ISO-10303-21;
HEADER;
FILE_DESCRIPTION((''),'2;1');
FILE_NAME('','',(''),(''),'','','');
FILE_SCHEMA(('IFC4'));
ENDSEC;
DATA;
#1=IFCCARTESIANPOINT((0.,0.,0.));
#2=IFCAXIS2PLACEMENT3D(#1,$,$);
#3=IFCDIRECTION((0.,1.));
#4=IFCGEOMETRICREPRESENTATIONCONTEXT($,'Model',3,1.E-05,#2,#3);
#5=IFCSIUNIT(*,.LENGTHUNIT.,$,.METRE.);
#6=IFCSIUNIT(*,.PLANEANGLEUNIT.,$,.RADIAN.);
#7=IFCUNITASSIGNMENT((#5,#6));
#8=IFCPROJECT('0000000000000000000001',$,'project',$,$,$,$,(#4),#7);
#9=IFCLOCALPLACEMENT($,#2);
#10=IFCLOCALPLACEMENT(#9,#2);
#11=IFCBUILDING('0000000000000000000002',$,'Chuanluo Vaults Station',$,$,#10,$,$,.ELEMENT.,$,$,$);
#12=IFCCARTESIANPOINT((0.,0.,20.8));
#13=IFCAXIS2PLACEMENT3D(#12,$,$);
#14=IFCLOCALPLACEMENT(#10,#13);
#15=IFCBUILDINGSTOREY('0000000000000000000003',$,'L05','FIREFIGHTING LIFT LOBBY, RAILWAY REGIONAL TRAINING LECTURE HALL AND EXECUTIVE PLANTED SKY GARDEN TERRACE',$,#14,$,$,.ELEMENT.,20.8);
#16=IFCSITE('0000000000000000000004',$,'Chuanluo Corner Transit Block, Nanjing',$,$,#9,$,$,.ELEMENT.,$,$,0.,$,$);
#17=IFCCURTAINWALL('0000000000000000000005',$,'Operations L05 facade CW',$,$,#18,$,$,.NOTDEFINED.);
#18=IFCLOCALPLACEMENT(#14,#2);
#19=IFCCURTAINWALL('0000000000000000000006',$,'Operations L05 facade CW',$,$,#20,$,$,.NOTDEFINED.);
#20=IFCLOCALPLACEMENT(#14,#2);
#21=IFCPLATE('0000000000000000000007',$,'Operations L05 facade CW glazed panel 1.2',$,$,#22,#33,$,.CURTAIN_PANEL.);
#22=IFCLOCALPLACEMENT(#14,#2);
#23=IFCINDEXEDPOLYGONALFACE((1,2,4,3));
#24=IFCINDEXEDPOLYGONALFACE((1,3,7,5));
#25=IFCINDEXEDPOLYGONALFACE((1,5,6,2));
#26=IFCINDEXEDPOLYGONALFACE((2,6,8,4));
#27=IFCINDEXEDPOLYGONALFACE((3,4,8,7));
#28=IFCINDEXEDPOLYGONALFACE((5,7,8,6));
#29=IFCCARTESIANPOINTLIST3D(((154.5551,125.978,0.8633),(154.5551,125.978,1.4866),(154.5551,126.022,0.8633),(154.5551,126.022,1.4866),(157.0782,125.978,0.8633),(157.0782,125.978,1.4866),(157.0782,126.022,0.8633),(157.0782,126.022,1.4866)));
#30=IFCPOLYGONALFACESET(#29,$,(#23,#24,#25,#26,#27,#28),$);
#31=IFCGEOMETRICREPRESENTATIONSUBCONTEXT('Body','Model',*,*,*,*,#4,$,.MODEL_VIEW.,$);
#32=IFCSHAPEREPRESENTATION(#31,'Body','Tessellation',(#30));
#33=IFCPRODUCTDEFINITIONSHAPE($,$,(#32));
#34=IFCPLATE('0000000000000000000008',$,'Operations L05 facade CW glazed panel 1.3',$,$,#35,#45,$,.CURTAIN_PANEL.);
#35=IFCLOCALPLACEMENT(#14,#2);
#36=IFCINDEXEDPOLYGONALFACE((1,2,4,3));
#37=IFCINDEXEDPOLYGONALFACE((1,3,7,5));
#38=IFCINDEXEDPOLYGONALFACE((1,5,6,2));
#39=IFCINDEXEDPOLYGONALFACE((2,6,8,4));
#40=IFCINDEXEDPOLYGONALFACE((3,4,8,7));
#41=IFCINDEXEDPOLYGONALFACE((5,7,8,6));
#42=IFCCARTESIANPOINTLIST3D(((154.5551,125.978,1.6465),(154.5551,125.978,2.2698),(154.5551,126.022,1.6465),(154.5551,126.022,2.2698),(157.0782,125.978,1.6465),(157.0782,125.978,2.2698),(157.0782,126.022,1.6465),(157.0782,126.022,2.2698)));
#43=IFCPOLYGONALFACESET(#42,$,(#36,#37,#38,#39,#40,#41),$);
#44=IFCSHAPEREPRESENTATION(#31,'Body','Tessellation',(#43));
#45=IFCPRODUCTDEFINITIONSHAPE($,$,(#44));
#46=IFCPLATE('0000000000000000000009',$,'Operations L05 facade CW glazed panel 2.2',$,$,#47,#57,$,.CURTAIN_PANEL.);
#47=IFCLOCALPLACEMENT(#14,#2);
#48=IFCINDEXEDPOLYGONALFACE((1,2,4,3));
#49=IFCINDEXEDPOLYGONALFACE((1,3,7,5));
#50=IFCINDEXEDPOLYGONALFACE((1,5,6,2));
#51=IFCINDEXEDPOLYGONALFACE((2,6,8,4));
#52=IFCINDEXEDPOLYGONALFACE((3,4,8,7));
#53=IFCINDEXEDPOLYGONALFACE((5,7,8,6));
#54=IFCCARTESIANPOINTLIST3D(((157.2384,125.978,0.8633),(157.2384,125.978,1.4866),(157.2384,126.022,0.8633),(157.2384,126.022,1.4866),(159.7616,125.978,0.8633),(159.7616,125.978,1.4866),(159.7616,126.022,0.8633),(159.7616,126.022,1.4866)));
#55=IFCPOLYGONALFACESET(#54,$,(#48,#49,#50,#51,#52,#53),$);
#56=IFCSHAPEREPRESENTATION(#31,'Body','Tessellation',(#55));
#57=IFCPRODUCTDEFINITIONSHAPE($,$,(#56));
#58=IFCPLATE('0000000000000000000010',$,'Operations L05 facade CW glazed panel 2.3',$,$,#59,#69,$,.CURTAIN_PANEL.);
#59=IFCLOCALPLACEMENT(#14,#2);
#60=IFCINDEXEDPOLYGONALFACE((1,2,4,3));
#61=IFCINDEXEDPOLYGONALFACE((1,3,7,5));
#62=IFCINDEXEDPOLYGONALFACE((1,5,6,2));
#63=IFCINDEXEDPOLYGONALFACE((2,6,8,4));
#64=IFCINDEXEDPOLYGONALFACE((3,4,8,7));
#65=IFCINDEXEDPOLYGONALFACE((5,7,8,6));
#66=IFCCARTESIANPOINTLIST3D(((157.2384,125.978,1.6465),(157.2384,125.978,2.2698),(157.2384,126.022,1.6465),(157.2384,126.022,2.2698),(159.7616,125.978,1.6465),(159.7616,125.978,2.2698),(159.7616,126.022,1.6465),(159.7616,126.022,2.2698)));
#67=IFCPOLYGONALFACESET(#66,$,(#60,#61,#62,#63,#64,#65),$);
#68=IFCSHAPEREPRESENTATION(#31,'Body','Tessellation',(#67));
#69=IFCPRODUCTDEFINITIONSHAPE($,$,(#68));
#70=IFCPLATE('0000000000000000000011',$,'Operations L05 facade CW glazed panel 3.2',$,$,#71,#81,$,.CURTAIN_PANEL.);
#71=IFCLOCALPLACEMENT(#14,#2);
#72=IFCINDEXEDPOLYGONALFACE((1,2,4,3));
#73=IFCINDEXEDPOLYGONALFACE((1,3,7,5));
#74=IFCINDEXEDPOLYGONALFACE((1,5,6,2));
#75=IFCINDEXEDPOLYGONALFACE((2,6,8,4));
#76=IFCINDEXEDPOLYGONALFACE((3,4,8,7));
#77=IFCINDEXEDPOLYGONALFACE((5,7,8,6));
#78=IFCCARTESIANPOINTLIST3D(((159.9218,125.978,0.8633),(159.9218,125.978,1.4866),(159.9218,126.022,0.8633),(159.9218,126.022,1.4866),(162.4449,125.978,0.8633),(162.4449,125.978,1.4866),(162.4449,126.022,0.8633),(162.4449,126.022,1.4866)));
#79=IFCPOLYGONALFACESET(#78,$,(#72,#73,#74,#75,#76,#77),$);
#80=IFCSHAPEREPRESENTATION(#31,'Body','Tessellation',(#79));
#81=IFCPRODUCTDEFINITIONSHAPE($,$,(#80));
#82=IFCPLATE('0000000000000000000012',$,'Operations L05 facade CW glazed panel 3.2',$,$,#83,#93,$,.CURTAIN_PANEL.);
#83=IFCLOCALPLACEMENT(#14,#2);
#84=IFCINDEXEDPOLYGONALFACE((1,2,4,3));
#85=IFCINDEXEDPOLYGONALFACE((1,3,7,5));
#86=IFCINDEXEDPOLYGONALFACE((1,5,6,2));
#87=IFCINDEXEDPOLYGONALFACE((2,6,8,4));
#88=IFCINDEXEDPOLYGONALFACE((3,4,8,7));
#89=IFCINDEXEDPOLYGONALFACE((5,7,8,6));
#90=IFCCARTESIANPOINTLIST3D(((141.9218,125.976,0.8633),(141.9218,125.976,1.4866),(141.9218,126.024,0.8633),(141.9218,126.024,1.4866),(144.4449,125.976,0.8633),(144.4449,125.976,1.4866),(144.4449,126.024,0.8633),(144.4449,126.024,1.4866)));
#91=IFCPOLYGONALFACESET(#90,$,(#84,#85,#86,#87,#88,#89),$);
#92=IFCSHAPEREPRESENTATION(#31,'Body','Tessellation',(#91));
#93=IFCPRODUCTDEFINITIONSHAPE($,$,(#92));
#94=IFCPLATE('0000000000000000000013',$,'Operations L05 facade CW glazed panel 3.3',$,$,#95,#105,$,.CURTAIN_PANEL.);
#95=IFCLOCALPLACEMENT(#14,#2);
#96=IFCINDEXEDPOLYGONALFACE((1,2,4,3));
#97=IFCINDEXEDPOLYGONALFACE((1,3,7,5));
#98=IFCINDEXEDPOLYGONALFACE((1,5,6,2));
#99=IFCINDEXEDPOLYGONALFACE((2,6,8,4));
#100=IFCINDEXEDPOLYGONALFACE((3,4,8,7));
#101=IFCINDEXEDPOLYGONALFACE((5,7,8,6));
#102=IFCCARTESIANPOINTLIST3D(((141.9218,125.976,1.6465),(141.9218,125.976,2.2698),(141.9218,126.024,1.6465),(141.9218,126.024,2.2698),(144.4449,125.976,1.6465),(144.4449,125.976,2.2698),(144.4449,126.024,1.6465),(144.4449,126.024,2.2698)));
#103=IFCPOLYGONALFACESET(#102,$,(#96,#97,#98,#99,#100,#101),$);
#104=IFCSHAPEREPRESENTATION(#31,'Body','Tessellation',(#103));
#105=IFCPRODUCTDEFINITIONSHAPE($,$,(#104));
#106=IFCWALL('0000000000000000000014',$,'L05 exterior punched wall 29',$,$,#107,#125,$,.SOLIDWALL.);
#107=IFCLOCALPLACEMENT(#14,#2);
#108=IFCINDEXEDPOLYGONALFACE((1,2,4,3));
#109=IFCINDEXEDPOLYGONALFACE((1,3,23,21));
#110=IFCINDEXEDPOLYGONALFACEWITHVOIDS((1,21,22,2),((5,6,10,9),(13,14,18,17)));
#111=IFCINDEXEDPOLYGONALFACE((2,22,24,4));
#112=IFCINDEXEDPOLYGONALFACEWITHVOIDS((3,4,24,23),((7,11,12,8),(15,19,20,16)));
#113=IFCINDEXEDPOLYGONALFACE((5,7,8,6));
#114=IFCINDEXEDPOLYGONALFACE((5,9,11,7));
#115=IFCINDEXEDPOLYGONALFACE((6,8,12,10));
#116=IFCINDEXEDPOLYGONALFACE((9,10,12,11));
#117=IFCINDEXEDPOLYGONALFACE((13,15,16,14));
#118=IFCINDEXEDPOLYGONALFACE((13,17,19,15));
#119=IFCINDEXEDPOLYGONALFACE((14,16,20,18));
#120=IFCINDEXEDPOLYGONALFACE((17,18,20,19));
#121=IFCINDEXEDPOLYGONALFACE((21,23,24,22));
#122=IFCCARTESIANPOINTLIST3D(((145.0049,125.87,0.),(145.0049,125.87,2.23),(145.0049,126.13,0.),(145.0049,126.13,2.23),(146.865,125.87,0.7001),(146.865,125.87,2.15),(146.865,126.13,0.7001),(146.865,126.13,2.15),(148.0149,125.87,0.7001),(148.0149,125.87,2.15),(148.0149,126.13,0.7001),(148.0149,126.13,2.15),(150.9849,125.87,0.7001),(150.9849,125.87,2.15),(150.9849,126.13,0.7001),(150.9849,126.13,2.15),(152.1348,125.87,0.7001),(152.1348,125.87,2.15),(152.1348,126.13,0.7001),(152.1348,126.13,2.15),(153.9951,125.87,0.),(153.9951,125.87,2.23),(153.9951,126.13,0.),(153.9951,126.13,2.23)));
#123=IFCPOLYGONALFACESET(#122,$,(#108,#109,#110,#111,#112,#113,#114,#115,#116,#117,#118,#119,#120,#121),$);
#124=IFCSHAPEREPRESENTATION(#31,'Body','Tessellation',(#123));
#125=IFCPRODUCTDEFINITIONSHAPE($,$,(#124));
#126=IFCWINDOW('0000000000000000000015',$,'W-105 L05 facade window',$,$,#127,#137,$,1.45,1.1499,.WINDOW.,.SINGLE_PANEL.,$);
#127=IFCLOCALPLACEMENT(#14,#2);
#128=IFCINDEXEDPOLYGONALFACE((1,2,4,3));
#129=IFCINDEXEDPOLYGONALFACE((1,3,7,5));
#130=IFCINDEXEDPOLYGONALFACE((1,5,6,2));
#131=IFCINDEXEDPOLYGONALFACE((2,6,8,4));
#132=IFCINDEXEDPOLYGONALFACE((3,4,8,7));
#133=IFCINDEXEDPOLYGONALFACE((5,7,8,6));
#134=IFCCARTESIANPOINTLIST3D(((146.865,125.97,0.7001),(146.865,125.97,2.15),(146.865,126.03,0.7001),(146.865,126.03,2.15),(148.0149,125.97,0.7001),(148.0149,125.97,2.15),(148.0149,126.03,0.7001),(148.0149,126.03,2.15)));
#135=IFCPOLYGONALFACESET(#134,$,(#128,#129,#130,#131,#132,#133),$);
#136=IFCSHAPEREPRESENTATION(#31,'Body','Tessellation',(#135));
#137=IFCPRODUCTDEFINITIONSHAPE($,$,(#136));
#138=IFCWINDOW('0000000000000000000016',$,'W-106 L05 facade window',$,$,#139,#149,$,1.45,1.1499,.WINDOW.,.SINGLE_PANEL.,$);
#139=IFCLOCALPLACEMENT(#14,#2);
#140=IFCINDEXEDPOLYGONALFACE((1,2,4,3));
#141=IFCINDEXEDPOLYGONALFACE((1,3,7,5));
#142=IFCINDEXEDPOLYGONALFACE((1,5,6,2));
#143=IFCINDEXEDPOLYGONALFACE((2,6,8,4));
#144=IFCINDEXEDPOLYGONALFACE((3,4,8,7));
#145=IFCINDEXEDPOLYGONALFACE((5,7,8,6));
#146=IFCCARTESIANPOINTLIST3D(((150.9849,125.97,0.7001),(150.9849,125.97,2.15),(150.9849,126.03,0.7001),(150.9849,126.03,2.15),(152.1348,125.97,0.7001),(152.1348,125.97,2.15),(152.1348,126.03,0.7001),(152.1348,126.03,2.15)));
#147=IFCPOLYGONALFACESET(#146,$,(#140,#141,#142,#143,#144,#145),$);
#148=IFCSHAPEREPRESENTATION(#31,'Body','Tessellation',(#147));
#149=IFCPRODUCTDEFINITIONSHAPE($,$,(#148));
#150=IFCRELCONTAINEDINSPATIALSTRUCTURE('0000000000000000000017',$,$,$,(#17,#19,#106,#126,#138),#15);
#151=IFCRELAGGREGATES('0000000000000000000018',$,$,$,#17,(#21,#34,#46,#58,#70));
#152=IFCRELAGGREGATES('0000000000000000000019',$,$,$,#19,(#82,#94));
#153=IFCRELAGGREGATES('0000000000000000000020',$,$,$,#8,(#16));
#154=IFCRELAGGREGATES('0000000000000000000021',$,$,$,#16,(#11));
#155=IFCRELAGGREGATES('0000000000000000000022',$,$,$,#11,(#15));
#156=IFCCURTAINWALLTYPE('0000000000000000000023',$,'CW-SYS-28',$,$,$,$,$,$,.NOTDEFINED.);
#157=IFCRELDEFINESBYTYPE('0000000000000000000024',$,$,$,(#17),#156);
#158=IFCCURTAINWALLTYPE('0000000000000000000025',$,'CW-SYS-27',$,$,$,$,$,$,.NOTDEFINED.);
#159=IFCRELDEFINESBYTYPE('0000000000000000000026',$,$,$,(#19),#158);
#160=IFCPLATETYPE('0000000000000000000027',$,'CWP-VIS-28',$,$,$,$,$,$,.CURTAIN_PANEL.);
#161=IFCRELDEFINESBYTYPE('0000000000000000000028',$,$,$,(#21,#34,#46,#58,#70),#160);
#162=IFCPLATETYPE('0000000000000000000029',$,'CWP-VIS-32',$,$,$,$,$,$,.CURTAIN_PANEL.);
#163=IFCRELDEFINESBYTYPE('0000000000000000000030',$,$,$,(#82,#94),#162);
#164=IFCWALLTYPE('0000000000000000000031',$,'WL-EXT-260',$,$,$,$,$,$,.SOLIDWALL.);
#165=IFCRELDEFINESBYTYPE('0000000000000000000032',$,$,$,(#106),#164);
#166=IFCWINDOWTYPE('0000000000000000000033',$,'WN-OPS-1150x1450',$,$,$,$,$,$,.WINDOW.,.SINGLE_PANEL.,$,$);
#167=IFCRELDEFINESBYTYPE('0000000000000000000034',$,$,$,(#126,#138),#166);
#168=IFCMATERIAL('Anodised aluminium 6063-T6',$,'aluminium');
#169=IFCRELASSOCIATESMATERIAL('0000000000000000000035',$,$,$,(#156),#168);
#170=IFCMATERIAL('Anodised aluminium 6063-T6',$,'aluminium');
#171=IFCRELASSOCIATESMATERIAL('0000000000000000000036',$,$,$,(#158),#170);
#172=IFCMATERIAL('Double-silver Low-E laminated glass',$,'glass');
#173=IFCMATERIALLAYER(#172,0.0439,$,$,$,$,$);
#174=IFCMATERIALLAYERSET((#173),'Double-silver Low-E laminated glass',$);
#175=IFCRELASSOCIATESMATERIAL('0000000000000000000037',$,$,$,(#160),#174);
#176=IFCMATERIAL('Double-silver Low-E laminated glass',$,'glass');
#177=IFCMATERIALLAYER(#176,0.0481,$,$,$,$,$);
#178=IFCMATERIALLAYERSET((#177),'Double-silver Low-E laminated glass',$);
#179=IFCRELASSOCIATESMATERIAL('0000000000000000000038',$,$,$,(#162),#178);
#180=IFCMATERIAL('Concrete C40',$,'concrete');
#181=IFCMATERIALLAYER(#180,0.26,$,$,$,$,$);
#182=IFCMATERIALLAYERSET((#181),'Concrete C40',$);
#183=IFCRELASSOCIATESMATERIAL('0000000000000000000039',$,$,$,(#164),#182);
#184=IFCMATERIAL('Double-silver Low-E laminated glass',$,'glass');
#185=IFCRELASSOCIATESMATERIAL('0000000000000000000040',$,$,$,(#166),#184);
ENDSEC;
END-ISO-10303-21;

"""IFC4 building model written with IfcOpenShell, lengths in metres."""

from ifc_helpers import new_model, si_unit, direction, frame, frame_2d, origin, origin_2d, place, context, subcontext, project, spatial, rectangle, extrude, material, layer, layer_set, type_object, element, fill, aggregate, save


model = new_model("IFC4")

# Units and contexts
model_context = context("Model", 3, precision=1e-05, world=origin(), true_north=direction((0.0, 1.0)))
body_context = subcontext(model_context, "Body", "Model", "MODEL_VIEW")
ifc_project = project(units=[si_unit("LENGTHUNIT", "METRE"), si_unit("PLANEANGLEUNIT", "RADIAN")], contexts=[model_context])

# Site, building, storey
site_placement = place(None, origin())
site = spatial("IfcSite", under=ifc_project, at=site_placement, Name="Chuanluo Corner Transit Block, Nanjing", CompositionType="ELEMENT", RefElevation=0.0)
building_placement = place(site_placement, origin())
building = spatial("IfcBuilding", under=site, at=building_placement, Name="Chuanluo Vaults Station", CompositionType="ELEMENT")
storey_placement = place(building_placement, frame((0.0, 0.0, 20.8)))
storey = spatial("IfcBuildingStorey", under=building, at=storey_placement, Name="L05", Description="FIREFIGHTING LIFT LOBBY, RAILWAY REGIONAL TRAINING LECTURE HALL AND EXECUTIVE PLANTED SKY GARDEN TERRACE", CompositionType="ELEMENT", Elevation=20.8)

# Curtain wall
ifc_material_1 = material(Name="Anodised aluminium 6063-T6", Category="aluminium")
curtain_wall_type_1 = type_object("IfcCurtainWallType", Name="CW-SYS-28", PredefinedType="NOTDEFINED", material=ifc_material_1)
curtain_wall_1_placement = place(storey_placement, origin())
curtain_wall_1 = element("IfcCurtainWall", 1, at=curtain_wall_1_placement, inside=storey, type_object=curtain_wall_type_1, Name="Operations L05 facade CW", PredefinedType="NOTDEFINED")

# Curtain wall
ifc_material_2 = material(Name="Anodised aluminium 6063-T6", Category="aluminium")
curtain_wall_type_2 = type_object("IfcCurtainWallType", Name="CW-SYS-27", PredefinedType="NOTDEFINED", material=ifc_material_2)
curtain_wall_2_placement = place(storey_placement, origin())
curtain_wall_2 = element("IfcCurtainWall", 2, at=curtain_wall_2_placement, inside=storey, type_object=curtain_wall_type_2, Name="Operations L05 facade CW", PredefinedType="NOTDEFINED")

# Plates
ifc_material_3 = material(Name="Double-silver Low-E laminated glass", Category="glass")
ifc_layer_1 = layer(ifc_material_3, 0.0439)
ifc_layer_set_1 = layer_set([ifc_layer_1], Name="Double-silver Low-E laminated glass")
plate_type_1 = type_object("IfcPlateType", Name="CWP-VIS-28", PredefinedType="CURTAIN_PANEL", material=ifc_layer_set_1)
plate_1_placement = place(storey_placement, frame((155.8167, 126.0, 0.8633), z_axis=(0.0, 0.0, 1.0), x_axis=(1.0, 0.0, 0.0)))
plate_1 = element("IfcPlate", 3, at=plate_1_placement, type_object=plate_type_1, Name="Operations L05 facade CW glazed panel 1.2", PredefinedType="CURTAIN_PANEL", context=body_context, shape_type="SweptSolid", body=[
    extrude(rectangle(XDim=2.5232, YDim=0.0439, at=origin_2d()), origin(), (0.0, 0.0, 1.0), 0.6233),
])
plate_2_placement = place(storey_placement, frame((155.8167, 126.0, 1.6465), z_axis=(0.0, 0.0, 1.0), x_axis=(1.0, 0.0, 0.0)))
plate_2 = element("IfcPlate", 4, at=plate_2_placement, type_object=plate_type_1, Name="Operations L05 facade CW glazed panel 1.3", PredefinedType="CURTAIN_PANEL", context=body_context, shape_type="SweptSolid", body=[
    extrude(rectangle(XDim=2.5232, YDim=0.0439, at=origin_2d()), origin(), (0.0, 0.0, 1.0), 0.6233),
])
plate_3_placement = place(storey_placement, frame((158.5, 126.0, 0.8633), z_axis=(0.0, 0.0, 1.0), x_axis=(1.0, 0.0, 0.0)))
plate_3 = element("IfcPlate", 5, at=plate_3_placement, type_object=plate_type_1, Name="Operations L05 facade CW glazed panel 2.2", PredefinedType="CURTAIN_PANEL", context=body_context, shape_type="SweptSolid", body=[
    extrude(rectangle(XDim=2.5232, YDim=0.0439, at=origin_2d()), origin(), (0.0, 0.0, 1.0), 0.6233),
])
plate_4_placement = place(storey_placement, frame((158.5, 126.0, 1.6465), z_axis=(0.0, 0.0, 1.0), x_axis=(1.0, 0.0, 0.0)))
plate_4 = element("IfcPlate", 6, at=plate_4_placement, type_object=plate_type_1, Name="Operations L05 facade CW glazed panel 2.3", PredefinedType="CURTAIN_PANEL", context=body_context, shape_type="SweptSolid", body=[
    extrude(rectangle(XDim=2.5232, YDim=0.0439, at=origin_2d()), origin(), (0.0, 0.0, 1.0), 0.6233),
])
plate_5_placement = place(storey_placement, frame((161.1833, 126.0, 0.8633), z_axis=(0.0, 0.0, 1.0), x_axis=(1.0, 0.0, 0.0)))
plate_5 = element("IfcPlate", 7, at=plate_5_placement, type_object=plate_type_1, Name="Operations L05 facade CW glazed panel 3.2", PredefinedType="CURTAIN_PANEL", context=body_context, shape_type="SweptSolid", body=[
    extrude(rectangle(XDim=2.5232, YDim=0.0439, at=origin_2d()), origin(), (0.0, 0.0, 1.0), 0.6233),
])
aggregate(curtain_wall_1, [plate_1, plate_2, plate_3, plate_4, plate_5])
ifc_material_4 = material(Name="Double-silver Low-E laminated glass", Category="glass")
ifc_layer_2 = layer(ifc_material_4, 0.0481)
ifc_layer_set_2 = layer_set([ifc_layer_2], Name="Double-silver Low-E laminated glass")
plate_type_2 = type_object("IfcPlateType", Name="CWP-VIS-32", PredefinedType="CURTAIN_PANEL", material=ifc_layer_set_2)
plate_6_placement = place(storey_placement, frame((143.1833, 126.0, 0.8633), z_axis=(0.0, 0.0, 1.0), x_axis=(1.0, 0.0, 0.0)))
plate_6 = element("IfcPlate", 8, at=plate_6_placement, type_object=plate_type_2, Name="Operations L05 facade CW glazed panel 3.2", PredefinedType="CURTAIN_PANEL", context=body_context, shape_type="SweptSolid", body=[
    extrude(rectangle(XDim=2.5232, YDim=0.0481, at=origin_2d()), origin(), (0.0, 0.0, 1.0), 0.6233),
])
plate_7_placement = place(storey_placement, frame((143.1833, 126.0, 1.6465), z_axis=(0.0, 0.0, 1.0), x_axis=(1.0, 0.0, 0.0)))
plate_7 = element("IfcPlate", 9, at=plate_7_placement, type_object=plate_type_2, Name="Operations L05 facade CW glazed panel 3.3", PredefinedType="CURTAIN_PANEL", context=body_context, shape_type="SweptSolid", body=[
    extrude(rectangle(XDim=2.5232, YDim=0.0481, at=origin_2d()), origin(), (0.0, 0.0, 1.0), 0.6233),
])
aggregate(curtain_wall_2, [plate_6, plate_7])

# Wall, openings, windows
ifc_material_5 = material(Name="Concrete C40", Category="concrete")
ifc_layer_3 = layer(ifc_material_5, 0.26)
ifc_layer_set_3 = layer_set([ifc_layer_3], Name="Concrete C40")
wall_type = type_object("IfcWallType", Name="WL-EXT-260", PredefinedType="SOLIDWALL", material=ifc_layer_set_3)
wall_placement = place(storey_placement, frame((145.0049, 126.0, 0.0), z_axis=(0.0, 0.0, 1.0), x_axis=(1.0, 0.0, 0.0)))
wall = element("IfcWall", 10, at=wall_placement, inside=storey, type_object=wall_type, Name="L05 exterior punched wall 29", PredefinedType="SOLIDWALL", context=body_context, shape_type="SweptSolid", body=[
    extrude(rectangle(XDim=8.9902, YDim=0.26, at=frame_2d((4.4951, 0.0))), origin(), (0.0, 0.0, 1.0), 2.23),
])
opening_1_placement = place(wall_placement, frame((1.8601, 0.0, 0.7)))
opening_1 = element("IfcOpeningElement", 11, at=opening_1_placement, cuts=wall, PredefinedType="OPENING", context=body_context, shape_type="SweptSolid", body=[
    extrude(rectangle(XDim=1.1499, YDim=1.45, at=frame_2d((0.575, 0.7251))), frame((0.0, 0.1399, 0.0), z_axis=(0.0, -1.0, 0.0), x_axis=(1.0, 0.0, 0.0)), (0.0, 0.0, 1.0), 0.28),
])
opening_2_placement = place(wall_placement, frame((5.98, 0.0, 0.7)))
opening_2 = element("IfcOpeningElement", 12, at=opening_2_placement, cuts=wall, PredefinedType="OPENING", context=body_context, shape_type="SweptSolid", body=[
    extrude(rectangle(XDim=1.1499, YDim=1.45, at=frame_2d((0.575, 0.7251))), frame((0.0, 0.1399, 0.0), z_axis=(0.0, -1.0, 0.0), x_axis=(1.0, 0.0, 0.0)), (0.0, 0.0, 1.0), 0.28),
])
ifc_material_6 = material(Name="Double-silver Low-E laminated glass", Category="glass")
window_type = type_object("IfcWindowType", Name="WN-OPS-1150x1450", PartitioningType="SINGLE_PANEL", PredefinedType="WINDOW", material=ifc_material_6)
window_1_placement = place(opening_1_placement, origin())
window_1 = element("IfcWindow", 13, at=window_1_placement, inside=storey, type_object=window_type, Name="W-105 L05 facade window", OverallHeight=1.45, OverallWidth=1.1499, PartitioningType="SINGLE_PANEL", PredefinedType="WINDOW", context=body_context, shape_type="SweptSolid", body=[
    extrude(rectangle(XDim=1.1499, YDim=1.45, at=frame_2d((0.575, 0.7251))), frame((0.0, 0.03, 0.0), z_axis=(0.0, -1.0, 0.0), x_axis=(1.0, 0.0, 0.0)), (0.0, 0.0, 1.0), 0.0601),
])
fill(opening_1, window_1)
window_2_placement = place(opening_2_placement, origin())
window_2 = element("IfcWindow", 14, at=window_2_placement, inside=storey, type_object=window_type, Name="W-106 L05 facade window", OverallHeight=1.45, OverallWidth=1.1499, PartitioningType="SINGLE_PANEL", PredefinedType="WINDOW", context=body_context, shape_type="SweptSolid", body=[
    extrude(rectangle(XDim=1.1499, YDim=1.45, at=frame_2d((0.575, 0.7251))), frame((0.0, 0.03, 0.0), z_axis=(0.0, -1.0, 0.0), x_axis=(1.0, 0.0, 0.0)), (0.0, 0.0, 1.0), 0.0601),
])
fill(opening_2, window_2)

save(model, "model.ifc")
